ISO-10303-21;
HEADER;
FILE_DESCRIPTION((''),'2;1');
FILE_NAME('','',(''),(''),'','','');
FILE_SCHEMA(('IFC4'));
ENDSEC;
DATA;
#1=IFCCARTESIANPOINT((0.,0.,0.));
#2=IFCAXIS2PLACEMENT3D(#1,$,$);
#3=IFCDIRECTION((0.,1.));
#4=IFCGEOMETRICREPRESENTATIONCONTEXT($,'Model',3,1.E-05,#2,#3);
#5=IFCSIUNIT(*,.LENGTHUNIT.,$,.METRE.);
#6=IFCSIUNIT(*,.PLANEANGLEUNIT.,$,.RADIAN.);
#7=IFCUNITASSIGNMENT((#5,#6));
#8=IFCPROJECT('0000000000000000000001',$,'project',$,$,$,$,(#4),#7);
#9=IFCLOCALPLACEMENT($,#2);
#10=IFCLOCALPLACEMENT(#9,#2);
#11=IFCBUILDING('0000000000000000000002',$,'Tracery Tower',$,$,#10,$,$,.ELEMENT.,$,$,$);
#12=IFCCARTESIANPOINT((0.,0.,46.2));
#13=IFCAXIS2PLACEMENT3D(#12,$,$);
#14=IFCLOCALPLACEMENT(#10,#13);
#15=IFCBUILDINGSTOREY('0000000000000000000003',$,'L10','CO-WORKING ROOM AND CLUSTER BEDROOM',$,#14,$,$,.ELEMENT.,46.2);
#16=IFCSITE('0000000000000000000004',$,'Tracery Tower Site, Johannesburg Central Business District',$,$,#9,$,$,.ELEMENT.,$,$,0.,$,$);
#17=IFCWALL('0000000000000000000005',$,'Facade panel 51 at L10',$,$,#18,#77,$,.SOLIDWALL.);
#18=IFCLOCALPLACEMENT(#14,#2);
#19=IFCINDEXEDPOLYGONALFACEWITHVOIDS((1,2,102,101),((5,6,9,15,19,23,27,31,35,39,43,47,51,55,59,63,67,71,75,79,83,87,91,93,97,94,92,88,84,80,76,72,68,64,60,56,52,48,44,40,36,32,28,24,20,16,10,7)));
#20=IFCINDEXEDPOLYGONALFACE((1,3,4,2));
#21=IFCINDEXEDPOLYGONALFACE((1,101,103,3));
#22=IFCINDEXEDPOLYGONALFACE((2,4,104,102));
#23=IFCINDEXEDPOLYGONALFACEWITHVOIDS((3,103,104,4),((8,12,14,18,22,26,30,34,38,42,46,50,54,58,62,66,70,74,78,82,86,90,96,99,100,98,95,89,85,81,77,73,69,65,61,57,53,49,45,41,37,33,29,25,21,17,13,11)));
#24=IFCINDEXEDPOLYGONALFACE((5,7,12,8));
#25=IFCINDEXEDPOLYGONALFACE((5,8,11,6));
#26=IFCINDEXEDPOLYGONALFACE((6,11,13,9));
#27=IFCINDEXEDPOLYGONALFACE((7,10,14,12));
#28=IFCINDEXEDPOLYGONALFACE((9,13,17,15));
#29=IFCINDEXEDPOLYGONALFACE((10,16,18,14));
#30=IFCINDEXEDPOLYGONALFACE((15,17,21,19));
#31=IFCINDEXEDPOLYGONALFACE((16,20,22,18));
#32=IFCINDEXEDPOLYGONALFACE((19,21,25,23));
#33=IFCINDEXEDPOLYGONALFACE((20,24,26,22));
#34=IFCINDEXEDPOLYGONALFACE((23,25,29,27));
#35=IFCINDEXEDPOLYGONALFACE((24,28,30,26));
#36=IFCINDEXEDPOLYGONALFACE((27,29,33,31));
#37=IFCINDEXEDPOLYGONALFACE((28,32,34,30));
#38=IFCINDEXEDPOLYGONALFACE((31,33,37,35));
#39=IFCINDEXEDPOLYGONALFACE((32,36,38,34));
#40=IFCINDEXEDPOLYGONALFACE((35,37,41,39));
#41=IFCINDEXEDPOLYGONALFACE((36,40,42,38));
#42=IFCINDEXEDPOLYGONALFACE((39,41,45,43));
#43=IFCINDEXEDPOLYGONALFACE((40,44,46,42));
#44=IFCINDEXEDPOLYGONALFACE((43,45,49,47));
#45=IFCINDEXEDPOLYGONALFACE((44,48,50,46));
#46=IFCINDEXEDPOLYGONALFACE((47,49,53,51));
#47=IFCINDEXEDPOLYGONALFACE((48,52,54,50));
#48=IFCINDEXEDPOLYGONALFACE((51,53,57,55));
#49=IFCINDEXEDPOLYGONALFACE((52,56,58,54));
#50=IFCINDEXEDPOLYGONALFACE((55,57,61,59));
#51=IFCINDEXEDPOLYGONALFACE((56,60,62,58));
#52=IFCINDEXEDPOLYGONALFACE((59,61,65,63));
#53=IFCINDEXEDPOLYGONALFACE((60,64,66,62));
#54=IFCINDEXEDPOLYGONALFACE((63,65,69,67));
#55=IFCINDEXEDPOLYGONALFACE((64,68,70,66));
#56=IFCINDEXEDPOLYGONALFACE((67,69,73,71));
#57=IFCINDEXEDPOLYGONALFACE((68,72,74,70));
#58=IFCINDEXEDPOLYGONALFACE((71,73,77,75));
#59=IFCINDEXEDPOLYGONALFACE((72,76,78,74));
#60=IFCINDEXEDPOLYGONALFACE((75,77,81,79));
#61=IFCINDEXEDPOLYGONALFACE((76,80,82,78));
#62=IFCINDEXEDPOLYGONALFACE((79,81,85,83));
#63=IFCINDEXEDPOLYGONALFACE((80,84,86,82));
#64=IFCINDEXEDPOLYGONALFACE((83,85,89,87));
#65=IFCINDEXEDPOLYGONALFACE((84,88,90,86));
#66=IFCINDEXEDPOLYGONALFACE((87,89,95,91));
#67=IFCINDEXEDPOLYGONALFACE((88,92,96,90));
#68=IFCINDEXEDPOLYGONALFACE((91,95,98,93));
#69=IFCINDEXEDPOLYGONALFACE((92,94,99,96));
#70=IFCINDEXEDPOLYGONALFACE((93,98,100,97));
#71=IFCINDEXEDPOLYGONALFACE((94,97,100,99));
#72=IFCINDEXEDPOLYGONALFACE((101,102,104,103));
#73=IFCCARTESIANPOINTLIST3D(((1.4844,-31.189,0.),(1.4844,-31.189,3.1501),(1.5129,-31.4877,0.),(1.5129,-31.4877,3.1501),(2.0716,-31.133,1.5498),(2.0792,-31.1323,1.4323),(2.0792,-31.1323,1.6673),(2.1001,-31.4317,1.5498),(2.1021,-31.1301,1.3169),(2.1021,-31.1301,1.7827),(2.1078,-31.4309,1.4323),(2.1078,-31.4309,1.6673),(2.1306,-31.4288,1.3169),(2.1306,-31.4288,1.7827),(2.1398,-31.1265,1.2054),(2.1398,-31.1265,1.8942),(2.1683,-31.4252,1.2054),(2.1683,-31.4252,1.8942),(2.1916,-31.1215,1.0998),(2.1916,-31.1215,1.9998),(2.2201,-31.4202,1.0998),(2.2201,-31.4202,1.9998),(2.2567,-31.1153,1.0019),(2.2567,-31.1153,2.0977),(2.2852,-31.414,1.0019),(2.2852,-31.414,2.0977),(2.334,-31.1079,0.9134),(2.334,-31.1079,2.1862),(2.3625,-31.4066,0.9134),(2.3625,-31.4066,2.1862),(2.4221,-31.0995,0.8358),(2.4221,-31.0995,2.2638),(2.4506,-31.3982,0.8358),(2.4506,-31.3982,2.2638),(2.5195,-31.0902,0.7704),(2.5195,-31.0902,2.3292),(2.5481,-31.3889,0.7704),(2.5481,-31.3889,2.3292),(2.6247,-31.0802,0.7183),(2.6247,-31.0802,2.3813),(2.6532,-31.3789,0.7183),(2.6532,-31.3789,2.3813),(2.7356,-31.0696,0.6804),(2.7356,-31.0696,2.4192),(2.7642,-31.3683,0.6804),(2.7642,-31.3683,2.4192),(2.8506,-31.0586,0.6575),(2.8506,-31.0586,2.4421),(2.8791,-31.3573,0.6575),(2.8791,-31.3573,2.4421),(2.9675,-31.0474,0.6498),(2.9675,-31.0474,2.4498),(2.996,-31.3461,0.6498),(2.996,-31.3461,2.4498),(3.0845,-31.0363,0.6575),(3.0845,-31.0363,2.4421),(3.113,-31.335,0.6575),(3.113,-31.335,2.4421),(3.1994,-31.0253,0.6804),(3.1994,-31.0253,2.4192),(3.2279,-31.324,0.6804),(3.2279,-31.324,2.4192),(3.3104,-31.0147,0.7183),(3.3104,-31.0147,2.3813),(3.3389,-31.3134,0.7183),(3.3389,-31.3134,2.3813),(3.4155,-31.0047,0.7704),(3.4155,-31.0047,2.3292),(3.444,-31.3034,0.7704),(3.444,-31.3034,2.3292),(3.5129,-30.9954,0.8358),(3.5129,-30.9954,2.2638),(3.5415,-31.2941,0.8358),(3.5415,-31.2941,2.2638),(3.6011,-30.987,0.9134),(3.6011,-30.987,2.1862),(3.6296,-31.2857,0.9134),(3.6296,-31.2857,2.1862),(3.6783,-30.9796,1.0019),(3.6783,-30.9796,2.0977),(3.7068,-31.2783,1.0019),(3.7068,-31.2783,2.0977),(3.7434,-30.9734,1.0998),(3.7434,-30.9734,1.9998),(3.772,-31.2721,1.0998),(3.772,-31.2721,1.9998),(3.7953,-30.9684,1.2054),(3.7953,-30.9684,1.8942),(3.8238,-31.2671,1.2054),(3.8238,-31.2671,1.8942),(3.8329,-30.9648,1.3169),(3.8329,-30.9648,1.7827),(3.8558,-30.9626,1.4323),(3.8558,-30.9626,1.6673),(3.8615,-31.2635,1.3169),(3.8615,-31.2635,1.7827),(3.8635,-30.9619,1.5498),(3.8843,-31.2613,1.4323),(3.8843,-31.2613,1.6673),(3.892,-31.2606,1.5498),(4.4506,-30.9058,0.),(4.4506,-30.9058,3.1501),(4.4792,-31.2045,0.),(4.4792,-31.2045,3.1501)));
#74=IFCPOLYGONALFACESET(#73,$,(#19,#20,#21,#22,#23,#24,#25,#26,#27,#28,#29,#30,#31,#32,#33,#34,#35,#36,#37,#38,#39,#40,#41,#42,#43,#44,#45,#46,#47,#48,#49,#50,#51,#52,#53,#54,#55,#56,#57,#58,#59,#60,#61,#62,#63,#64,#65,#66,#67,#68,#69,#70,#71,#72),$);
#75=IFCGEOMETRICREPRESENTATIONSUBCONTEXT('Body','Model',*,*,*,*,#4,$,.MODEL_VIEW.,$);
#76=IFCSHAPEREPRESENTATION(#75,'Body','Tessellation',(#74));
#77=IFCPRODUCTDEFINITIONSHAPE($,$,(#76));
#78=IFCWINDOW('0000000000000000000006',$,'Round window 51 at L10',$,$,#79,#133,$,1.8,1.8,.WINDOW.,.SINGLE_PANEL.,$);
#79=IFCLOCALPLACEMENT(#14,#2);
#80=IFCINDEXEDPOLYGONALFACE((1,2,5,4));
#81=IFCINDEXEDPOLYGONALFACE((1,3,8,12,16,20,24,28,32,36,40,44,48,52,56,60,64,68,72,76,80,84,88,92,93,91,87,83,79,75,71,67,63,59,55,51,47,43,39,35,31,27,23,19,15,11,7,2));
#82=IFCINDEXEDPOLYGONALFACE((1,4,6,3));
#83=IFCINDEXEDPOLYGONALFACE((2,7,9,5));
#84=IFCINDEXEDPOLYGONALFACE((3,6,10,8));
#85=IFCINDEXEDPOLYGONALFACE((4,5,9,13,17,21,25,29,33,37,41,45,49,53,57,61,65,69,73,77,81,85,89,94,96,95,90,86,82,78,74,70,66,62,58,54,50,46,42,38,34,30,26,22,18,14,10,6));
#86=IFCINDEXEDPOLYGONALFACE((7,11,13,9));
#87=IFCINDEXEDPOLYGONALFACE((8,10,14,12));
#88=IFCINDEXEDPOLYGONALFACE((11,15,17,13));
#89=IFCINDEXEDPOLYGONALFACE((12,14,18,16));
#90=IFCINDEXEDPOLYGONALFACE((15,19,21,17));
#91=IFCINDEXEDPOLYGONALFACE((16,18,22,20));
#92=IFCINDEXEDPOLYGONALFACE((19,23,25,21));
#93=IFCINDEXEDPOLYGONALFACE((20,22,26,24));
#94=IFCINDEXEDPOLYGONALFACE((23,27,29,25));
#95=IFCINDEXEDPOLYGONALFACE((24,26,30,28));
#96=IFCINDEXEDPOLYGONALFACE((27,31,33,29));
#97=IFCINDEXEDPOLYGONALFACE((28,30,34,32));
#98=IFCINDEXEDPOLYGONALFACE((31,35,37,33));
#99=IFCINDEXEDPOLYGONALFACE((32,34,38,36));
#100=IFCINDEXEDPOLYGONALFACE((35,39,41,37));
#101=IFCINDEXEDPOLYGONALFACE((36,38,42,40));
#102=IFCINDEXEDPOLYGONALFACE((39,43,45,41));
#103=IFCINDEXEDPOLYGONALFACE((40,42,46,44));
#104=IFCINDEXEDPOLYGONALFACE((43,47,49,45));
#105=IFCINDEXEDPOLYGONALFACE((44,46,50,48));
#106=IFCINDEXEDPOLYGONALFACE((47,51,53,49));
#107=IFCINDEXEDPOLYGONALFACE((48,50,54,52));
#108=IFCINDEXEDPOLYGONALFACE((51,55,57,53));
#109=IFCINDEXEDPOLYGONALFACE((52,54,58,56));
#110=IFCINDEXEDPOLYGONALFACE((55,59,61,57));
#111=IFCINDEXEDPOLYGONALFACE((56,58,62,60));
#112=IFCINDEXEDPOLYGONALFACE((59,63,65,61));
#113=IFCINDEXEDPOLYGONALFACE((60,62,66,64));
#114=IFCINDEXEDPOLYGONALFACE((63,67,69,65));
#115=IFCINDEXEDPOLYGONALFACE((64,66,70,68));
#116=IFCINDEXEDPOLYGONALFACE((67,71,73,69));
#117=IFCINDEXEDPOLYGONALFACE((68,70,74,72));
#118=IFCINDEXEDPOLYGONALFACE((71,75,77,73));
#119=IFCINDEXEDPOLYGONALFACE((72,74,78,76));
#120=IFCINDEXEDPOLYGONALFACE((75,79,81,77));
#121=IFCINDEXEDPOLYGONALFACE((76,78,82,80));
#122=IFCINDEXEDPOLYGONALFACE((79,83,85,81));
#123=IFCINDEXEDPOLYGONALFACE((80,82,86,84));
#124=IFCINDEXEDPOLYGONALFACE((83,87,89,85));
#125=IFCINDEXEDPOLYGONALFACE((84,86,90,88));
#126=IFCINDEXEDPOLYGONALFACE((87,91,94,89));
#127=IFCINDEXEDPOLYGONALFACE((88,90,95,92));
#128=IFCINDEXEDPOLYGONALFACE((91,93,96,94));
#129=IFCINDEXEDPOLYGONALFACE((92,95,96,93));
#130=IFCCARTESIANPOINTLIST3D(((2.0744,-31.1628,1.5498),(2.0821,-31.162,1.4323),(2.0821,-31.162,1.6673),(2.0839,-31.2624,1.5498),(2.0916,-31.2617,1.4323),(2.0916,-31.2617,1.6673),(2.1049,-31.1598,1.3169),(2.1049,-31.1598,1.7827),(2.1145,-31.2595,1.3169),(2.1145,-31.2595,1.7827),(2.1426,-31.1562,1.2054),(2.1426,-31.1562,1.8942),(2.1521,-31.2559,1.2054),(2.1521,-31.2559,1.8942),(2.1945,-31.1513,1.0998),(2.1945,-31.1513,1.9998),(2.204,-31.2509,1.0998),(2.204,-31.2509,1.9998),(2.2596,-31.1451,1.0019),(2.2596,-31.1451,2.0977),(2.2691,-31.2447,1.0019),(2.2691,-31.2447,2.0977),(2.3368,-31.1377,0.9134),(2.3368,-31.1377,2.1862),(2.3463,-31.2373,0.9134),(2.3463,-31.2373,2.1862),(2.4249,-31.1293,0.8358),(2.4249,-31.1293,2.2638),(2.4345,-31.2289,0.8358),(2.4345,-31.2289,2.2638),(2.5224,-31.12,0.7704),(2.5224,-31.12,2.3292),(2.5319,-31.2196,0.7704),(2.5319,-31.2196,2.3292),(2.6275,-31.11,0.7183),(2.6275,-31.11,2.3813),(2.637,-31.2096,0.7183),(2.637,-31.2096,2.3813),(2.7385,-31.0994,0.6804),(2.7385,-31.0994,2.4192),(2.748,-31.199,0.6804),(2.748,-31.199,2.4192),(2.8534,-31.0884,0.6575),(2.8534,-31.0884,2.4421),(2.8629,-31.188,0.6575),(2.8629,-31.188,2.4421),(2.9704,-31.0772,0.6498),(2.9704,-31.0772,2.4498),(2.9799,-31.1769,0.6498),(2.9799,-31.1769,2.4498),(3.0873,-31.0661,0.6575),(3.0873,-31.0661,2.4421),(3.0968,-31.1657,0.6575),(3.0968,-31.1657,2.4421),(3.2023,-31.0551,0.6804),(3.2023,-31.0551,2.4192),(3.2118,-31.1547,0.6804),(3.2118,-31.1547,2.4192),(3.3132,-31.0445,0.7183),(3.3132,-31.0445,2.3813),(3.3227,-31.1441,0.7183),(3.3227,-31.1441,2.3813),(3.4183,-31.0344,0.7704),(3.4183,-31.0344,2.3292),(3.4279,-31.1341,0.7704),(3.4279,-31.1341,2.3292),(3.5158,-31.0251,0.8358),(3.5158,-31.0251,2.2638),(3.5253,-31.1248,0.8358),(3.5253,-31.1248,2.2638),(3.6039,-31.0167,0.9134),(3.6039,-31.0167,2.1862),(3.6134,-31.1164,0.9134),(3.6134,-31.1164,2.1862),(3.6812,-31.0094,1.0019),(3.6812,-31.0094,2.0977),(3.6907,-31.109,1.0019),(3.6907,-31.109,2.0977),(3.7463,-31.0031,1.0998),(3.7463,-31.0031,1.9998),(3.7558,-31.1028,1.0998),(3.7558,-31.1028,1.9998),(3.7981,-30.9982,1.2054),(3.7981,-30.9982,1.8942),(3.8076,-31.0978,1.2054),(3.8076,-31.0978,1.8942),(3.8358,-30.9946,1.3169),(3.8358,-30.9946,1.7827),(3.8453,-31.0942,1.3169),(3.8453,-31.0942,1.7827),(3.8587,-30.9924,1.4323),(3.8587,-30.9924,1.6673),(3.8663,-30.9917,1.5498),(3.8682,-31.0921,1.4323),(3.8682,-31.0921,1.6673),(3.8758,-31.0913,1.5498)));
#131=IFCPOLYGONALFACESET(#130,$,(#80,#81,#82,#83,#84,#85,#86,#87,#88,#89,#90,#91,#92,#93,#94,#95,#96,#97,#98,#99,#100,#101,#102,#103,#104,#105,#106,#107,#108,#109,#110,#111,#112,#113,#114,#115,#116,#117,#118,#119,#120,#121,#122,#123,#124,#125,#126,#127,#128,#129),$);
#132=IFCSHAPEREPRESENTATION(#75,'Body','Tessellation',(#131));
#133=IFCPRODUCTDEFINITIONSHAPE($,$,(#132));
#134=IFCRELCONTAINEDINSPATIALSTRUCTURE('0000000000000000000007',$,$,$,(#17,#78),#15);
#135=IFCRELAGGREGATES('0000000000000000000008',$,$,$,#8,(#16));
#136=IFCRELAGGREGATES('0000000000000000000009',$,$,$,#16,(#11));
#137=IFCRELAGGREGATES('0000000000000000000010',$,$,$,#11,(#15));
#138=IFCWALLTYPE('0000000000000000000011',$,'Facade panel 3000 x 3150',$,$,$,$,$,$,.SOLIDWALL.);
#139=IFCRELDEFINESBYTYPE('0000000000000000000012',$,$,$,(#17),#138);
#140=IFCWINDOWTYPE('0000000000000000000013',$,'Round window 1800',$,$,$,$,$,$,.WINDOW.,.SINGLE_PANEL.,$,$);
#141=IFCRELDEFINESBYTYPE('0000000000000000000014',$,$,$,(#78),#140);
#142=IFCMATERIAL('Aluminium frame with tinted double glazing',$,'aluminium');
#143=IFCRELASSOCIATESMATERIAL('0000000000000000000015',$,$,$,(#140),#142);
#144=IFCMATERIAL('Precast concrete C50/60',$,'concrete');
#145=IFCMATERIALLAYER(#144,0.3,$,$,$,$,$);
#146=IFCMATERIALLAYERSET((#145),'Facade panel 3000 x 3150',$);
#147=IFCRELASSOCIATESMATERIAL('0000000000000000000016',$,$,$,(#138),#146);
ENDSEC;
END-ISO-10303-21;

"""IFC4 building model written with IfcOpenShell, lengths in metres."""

from ifc_helpers import new_model, si_unit, direction, frame, frame_2d, origin, origin_2d, place, context, subcontext, project, spatial, rectangle, circle, extrude, material, layer, layer_set, type_object, element, fill, save


model = new_model("IFC4")

# Units and contexts
model_context = context("Model", 3, precision=1e-05, world=origin(), true_north=direction((0.0, 1.0)))
body_context = subcontext(model_context, "Body", "Model", "MODEL_VIEW")
ifc_project = project(units=[si_unit("LENGTHUNIT", "METRE"), si_unit("PLANEANGLEUNIT", "RADIAN")], contexts=[model_context])

# Site, building, storey
site_placement = place(None, origin())
site = spatial("IfcSite", under=ifc_project, at=site_placement, Name="Tracery Tower Site, Johannesburg Central Business District", CompositionType="ELEMENT", RefElevation=0.0)
building_placement = place(site_placement, origin())
building = spatial("IfcBuilding", under=site, at=building_placement, Name="Tracery Tower", CompositionType="ELEMENT")
storey_placement = place(building_placement, frame((0.0, 0.0, 46.2)))
storey = spatial("IfcBuildingStorey", under=building, at=storey_placement, Name="L10", Description="CO-WORKING ROOM AND CLUSTER BEDROOM", CompositionType="ELEMENT", Elevation=46.2)

# Wall, opening, window
ifc_material_1 = material(Name="Aluminium frame with tinted double glazing", Category="aluminium")
window_type = type_object("IfcWindowType", Name="Round window 1800", PartitioningType="SINGLE_PANEL", PredefinedType="WINDOW", material=ifc_material_1)
ifc_material_2 = material(Name="Precast concrete C50/60", Category="concrete")
ifc_layer_1 = layer(ifc_material_2, 0.3)
ifc_layer_set_1 = layer_set([ifc_layer_1], Name="Facade panel 3000 x 3150")
wall_type_1 = type_object("IfcWallType", Name="Facade panel 3000 x 3150", PredefinedType="SOLIDWALL", material=ifc_layer_set_1)
wall_1_placement = place(storey_placement, frame((1.4988, -31.3384, 0.0), z_axis=(0.0, 0.0, 1.0), x_axis=(0.995473, 0.095041, 0.0)))
wall_1 = element("IfcWall", 1, at=wall_1_placement, inside=storey, type_object=wall_type_1, Name="Facade panel 51 at L10", PredefinedType="SOLIDWALL", context=body_context, shape_type="SweptSolid", body=[
    extrude(rectangle(XDim=2.9797, YDim=0.3, at=frame_2d((1.4897, 0.0))), origin(), (0.0, 0.0, 1.0), 3.1501),
])
opening_1_placement = place(wall_1_placement, frame((1.4897, 0.0, 1.5498)))
opening_1 = element("IfcOpeningElement", 2, at=opening_1_placement, cuts=wall_1, PredefinedType="OPENING", context=body_context, shape_type="SweptSolid", body=[
    extrude(circle(Radius=0.9, at=origin_2d()), frame((0.0, 0.1599, 0.0), z_axis=(0.0, -1.0, 0.0), x_axis=(1.0, 0.0, 0.0)), (0.0, 0.0, 1.0), 0.3201),
])
window_1_placement = place(opening_1_placement, origin())
window_1 = element("IfcWindow", 3, at=window_1_placement, inside=storey, type_object=window_type, Name="Round window 51 at L10", OverallHeight=1.8, OverallWidth=1.8, PartitioningType="SINGLE_PANEL", PredefinedType="WINDOW", context=body_context, shape_type="SweptSolid", body=[
    extrude(circle(Radius=0.9, at=origin_2d()), frame((0.0, 0.1201, 0.0), z_axis=(0.0, -1.0, 0.0), x_axis=(1.0, 0.0, 0.0)), (0.0, 0.0, 1.0), 0.1001),
])
fill(opening_1, window_1)

save(model, "model.ifc")
